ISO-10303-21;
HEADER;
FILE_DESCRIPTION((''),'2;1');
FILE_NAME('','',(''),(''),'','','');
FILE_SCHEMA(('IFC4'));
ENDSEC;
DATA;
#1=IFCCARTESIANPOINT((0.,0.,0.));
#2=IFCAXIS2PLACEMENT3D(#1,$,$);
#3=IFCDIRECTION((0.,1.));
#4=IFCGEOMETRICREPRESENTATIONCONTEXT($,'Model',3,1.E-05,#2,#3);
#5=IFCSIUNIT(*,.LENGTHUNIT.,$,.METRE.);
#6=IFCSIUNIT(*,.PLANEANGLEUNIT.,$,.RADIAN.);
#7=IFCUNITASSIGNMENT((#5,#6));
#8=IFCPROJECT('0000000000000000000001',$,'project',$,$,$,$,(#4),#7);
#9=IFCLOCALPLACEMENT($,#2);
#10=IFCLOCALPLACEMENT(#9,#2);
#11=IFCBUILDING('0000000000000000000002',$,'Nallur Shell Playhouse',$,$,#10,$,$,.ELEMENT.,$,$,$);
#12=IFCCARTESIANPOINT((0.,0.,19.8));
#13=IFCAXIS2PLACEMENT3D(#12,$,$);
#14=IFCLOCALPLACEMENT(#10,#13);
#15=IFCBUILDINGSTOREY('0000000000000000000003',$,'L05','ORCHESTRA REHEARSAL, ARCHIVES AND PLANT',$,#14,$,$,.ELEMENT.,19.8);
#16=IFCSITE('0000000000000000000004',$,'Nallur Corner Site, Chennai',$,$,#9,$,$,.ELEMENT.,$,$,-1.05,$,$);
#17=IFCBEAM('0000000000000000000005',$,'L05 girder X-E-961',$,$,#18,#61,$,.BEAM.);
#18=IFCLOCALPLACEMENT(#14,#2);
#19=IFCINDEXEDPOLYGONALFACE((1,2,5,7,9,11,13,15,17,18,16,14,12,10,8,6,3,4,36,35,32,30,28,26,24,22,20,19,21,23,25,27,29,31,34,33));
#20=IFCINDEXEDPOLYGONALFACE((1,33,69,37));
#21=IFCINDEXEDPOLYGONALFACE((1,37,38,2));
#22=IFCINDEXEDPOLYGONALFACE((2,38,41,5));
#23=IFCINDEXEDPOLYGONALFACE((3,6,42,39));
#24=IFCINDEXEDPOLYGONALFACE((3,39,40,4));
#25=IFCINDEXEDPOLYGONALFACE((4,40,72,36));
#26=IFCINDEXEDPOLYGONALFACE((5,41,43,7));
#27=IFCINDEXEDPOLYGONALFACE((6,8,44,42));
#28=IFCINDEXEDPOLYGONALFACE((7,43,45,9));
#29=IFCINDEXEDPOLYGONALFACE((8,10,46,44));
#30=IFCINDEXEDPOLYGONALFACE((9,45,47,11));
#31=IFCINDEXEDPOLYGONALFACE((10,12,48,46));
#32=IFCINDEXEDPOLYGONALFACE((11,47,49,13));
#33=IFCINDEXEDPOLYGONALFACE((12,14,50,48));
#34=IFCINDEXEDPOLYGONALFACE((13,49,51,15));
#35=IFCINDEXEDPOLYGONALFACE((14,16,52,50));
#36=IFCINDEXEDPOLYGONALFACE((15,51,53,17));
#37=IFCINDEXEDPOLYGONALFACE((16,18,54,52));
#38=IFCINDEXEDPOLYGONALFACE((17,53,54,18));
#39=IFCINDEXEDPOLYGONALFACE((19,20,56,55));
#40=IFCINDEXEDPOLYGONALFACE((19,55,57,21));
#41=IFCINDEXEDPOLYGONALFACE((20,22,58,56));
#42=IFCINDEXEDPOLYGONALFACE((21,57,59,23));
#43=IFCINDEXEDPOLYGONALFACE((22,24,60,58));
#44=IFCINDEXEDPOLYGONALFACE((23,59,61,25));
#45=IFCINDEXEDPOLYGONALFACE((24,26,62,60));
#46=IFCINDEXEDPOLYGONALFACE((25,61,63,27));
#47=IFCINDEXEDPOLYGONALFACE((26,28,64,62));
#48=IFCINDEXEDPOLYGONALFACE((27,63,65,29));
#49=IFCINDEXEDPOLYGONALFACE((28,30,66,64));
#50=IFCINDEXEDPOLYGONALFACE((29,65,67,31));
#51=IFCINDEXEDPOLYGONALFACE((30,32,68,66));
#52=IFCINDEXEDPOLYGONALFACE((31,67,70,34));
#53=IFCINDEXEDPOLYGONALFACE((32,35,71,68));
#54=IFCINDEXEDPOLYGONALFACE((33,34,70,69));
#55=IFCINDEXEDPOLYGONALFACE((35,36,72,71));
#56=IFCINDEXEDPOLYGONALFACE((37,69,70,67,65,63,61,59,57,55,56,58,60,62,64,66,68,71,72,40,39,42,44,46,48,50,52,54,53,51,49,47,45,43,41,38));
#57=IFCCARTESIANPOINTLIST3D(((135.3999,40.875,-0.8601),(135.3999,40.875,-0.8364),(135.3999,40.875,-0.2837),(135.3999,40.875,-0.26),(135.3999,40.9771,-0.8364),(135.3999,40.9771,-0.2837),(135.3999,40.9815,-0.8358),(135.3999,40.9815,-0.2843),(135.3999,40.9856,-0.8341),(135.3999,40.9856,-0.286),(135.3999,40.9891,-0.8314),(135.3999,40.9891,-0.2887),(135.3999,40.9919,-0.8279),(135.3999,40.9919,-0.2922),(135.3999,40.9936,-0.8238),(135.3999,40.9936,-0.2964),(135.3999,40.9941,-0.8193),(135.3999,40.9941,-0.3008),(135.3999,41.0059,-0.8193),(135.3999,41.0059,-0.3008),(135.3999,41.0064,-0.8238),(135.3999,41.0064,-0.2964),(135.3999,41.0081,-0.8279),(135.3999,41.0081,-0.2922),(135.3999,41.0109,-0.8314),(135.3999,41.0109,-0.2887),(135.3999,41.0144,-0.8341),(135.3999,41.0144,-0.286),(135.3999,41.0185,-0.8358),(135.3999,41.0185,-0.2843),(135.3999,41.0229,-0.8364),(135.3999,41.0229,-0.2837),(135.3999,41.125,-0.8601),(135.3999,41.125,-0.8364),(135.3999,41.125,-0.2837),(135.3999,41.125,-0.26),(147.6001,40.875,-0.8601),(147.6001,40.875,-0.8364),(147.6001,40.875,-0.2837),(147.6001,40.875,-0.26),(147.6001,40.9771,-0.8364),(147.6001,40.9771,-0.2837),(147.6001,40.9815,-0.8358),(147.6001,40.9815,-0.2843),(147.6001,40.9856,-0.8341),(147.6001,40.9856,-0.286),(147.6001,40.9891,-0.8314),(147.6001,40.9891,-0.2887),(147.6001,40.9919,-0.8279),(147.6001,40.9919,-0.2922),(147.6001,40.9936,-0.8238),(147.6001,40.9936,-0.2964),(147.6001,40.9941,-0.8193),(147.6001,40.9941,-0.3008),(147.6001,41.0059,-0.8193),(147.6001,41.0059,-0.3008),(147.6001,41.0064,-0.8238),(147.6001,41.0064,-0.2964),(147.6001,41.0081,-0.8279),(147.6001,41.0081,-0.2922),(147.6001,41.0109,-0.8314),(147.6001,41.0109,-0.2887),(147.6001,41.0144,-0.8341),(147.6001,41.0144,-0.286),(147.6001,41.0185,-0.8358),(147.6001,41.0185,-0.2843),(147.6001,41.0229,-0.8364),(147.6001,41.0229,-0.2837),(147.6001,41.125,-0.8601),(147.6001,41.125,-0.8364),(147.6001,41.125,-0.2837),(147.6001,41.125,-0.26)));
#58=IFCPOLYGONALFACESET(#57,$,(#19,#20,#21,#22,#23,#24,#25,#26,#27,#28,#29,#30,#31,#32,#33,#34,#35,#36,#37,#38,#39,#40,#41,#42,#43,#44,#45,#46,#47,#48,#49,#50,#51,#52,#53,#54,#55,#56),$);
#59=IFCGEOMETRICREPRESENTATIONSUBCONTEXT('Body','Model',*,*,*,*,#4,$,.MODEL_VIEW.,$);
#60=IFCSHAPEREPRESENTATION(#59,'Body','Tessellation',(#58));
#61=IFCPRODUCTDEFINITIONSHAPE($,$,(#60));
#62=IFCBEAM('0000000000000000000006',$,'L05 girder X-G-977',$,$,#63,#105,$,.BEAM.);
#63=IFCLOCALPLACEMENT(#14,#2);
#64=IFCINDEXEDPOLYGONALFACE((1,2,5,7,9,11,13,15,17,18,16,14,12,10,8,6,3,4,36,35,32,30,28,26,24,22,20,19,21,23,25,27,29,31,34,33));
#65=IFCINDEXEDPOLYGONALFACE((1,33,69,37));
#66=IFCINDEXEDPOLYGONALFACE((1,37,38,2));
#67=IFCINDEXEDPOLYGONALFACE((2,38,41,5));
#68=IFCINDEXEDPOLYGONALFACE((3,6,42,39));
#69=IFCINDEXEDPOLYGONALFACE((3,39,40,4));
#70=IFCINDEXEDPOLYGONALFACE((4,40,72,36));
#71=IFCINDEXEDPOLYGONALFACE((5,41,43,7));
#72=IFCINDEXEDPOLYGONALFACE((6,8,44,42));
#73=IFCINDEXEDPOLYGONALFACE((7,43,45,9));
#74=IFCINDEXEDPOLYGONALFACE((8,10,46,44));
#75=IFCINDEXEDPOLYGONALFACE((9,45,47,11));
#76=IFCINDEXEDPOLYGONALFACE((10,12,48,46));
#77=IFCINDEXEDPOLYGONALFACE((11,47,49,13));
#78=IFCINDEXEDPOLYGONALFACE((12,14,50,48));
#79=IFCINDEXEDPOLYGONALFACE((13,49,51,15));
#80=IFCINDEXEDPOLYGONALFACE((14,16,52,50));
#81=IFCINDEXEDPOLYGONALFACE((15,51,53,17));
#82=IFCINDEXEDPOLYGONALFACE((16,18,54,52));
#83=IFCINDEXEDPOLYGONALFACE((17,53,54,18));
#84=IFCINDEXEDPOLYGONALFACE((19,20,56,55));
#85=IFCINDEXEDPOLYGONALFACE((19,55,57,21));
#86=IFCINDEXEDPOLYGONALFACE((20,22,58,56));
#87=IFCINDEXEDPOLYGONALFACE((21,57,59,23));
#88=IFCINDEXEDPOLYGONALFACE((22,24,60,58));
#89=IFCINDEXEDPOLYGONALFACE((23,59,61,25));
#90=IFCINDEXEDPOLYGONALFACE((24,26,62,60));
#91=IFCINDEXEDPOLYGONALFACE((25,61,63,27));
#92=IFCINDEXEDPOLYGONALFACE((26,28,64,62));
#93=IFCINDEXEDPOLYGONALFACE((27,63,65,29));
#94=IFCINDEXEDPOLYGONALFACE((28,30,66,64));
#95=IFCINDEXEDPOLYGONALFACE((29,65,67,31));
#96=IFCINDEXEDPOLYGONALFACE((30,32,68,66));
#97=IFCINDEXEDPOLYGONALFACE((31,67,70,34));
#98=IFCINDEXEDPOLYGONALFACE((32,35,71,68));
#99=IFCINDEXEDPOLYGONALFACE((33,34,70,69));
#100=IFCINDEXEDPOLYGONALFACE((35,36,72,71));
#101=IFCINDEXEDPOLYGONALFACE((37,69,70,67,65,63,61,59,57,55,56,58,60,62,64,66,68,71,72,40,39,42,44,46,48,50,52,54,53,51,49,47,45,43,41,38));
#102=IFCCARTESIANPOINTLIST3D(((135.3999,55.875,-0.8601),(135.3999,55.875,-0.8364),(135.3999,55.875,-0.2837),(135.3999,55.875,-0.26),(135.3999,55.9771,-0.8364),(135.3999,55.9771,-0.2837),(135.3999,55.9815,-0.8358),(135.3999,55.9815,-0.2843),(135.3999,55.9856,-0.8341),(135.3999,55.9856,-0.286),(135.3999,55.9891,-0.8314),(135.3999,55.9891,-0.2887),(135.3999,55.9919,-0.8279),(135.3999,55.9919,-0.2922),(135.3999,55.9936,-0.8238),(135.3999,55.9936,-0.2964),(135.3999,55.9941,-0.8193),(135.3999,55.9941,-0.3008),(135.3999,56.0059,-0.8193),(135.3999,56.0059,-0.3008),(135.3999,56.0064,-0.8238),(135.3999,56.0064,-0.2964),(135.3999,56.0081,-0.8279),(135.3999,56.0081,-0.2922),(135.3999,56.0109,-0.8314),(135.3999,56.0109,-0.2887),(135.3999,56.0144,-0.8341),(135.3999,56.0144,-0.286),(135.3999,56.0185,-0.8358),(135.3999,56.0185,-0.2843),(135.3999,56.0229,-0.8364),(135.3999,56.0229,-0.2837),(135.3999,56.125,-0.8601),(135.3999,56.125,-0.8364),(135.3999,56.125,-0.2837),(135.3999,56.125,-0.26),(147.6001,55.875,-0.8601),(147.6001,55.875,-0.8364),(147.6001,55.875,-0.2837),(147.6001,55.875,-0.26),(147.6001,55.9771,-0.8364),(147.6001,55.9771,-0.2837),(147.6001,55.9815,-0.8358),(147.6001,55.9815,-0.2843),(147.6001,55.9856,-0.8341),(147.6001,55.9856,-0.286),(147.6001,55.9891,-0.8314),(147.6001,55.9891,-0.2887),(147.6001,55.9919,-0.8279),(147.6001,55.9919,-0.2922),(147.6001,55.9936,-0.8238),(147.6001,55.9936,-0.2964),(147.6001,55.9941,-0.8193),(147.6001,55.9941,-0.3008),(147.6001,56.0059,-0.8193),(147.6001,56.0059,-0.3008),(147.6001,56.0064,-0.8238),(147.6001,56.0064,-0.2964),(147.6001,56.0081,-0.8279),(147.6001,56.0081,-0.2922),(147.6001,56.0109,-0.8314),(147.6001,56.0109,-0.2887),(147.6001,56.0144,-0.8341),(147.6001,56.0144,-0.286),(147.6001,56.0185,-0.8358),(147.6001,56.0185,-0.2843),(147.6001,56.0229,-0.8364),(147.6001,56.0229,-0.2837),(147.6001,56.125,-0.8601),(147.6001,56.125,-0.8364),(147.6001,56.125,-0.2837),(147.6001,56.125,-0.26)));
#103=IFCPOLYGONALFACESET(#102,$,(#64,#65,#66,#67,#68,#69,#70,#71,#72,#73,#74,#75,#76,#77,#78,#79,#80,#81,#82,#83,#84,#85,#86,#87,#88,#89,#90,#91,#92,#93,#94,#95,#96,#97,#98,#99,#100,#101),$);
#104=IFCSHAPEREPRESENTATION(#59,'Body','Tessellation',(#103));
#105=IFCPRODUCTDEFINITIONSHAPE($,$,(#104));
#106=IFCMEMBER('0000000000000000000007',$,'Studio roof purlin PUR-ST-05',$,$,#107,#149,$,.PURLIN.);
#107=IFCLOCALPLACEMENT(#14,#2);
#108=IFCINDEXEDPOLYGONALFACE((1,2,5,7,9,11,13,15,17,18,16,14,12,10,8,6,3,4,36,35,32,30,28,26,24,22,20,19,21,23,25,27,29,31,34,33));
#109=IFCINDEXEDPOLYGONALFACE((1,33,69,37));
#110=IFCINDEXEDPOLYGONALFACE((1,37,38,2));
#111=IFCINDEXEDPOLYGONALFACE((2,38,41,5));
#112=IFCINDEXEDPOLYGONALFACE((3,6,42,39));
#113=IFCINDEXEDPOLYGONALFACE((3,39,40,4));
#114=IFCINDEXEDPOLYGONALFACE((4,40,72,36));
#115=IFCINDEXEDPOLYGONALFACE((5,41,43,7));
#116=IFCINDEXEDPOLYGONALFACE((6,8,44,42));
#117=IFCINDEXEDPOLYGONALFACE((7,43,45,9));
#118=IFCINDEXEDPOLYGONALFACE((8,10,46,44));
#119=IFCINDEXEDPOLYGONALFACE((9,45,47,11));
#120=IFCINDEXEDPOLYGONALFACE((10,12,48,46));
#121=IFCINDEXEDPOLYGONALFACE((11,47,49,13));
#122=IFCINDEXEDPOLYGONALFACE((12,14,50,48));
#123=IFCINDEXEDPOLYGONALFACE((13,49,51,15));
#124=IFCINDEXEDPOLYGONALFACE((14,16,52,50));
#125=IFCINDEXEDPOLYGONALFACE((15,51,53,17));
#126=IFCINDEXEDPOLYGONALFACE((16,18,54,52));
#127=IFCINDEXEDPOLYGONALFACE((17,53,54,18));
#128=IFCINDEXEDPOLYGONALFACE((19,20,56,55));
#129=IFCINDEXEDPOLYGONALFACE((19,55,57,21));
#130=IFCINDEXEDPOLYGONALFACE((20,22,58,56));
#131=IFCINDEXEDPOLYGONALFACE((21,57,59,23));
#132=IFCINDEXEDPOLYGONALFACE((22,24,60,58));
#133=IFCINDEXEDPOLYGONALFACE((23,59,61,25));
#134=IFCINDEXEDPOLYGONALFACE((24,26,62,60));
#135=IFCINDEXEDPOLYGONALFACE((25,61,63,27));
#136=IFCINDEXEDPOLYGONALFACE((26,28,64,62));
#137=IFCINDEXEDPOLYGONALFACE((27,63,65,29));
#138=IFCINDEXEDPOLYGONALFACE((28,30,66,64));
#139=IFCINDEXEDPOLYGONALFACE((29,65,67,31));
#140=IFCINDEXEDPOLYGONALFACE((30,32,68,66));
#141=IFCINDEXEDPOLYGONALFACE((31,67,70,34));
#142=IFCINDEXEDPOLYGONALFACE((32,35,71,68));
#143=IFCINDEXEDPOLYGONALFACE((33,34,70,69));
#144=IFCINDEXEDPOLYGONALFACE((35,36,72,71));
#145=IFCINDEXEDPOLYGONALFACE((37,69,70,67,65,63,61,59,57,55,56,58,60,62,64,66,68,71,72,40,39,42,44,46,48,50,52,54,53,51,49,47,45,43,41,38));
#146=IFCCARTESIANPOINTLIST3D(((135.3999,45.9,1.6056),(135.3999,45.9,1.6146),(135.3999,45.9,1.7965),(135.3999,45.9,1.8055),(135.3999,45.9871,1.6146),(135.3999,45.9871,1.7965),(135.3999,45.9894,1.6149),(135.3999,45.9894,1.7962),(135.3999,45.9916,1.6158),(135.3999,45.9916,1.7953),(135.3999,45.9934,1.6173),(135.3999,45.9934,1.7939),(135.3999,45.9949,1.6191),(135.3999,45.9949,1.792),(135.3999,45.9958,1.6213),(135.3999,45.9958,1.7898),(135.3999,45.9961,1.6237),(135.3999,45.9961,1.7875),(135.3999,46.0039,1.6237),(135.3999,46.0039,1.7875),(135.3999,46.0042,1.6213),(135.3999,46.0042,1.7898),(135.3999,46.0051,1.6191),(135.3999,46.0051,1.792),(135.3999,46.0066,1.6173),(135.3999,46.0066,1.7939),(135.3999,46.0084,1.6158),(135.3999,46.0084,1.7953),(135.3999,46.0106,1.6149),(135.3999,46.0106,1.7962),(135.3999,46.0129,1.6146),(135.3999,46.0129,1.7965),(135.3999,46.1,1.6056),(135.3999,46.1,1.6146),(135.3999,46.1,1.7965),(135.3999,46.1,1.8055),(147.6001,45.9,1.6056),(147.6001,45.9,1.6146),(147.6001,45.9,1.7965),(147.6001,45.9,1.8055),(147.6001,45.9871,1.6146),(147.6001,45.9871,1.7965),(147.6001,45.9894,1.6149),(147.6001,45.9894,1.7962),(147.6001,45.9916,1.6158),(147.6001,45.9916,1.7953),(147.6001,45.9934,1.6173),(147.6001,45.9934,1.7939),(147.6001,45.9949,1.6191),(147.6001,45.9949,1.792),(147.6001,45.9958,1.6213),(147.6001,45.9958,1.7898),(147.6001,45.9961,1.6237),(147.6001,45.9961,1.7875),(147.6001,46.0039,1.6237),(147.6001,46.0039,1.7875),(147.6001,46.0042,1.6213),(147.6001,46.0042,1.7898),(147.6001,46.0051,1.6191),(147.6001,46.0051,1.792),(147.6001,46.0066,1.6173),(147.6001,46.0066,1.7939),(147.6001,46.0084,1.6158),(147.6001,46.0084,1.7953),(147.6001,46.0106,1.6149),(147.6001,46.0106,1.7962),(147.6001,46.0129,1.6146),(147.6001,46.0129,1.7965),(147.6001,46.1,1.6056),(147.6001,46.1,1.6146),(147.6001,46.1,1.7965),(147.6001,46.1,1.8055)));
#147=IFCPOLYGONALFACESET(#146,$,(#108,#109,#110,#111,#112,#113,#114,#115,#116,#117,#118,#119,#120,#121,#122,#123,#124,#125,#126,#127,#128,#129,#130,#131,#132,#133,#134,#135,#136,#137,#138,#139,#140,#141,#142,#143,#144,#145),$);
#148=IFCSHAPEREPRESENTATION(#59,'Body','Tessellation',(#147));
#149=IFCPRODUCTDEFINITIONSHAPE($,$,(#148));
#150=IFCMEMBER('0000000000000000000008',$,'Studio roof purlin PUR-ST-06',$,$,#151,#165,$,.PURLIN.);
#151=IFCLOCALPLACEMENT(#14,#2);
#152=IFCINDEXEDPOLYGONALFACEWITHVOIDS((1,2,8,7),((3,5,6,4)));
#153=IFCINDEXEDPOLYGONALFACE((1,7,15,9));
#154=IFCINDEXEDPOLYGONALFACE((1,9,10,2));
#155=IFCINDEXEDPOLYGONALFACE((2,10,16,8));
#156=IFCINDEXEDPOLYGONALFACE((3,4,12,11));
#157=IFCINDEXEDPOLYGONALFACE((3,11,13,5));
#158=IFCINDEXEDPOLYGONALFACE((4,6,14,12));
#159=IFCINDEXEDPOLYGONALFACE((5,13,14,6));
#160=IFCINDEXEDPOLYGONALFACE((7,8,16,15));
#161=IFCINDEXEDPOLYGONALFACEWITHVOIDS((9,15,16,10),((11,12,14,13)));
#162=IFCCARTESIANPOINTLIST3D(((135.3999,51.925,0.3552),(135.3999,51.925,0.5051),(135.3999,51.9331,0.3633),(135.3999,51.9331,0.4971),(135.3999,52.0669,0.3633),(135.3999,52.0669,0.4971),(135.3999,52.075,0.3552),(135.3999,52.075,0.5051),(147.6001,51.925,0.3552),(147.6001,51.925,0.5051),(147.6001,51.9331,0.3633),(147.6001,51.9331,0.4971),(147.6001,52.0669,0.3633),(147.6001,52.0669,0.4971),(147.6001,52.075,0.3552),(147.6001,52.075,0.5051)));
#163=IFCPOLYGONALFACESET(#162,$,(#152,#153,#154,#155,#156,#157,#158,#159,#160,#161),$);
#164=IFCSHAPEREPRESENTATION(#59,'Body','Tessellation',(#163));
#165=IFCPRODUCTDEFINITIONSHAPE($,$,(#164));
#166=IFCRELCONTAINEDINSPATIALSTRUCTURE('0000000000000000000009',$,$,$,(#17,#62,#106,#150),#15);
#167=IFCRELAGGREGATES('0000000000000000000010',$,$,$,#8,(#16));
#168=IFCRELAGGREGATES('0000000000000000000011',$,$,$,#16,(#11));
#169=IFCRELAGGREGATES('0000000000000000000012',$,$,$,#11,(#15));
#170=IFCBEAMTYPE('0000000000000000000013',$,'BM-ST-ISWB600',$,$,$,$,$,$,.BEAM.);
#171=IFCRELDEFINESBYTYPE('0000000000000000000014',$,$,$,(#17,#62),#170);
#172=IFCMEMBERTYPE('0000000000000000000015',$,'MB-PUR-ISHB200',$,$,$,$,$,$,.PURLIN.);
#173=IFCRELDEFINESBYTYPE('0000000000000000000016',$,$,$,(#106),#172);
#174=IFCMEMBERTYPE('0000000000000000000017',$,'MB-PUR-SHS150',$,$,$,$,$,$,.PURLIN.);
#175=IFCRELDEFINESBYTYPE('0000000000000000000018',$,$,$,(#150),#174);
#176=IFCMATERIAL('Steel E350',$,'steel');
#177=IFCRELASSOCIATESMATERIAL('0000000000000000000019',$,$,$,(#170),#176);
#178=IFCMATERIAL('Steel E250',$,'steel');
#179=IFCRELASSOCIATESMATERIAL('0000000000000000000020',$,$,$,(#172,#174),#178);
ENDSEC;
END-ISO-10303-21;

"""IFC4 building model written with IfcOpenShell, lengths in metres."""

from ifc_helpers import new_model, si_unit, direction, frame, origin, origin_2d, place, context, subcontext, project, spatial, hollow_rectangle, i_section, extrude, material, material_profile, profile_set, type_object, element, save


model = new_model("IFC4")

# Units and contexts
model_context = context("Model", 3, precision=1e-05, world=origin(), true_north=direction((0.0, 1.0)))
body_context = subcontext(model_context, "Body", "Model", "MODEL_VIEW")
ifc_project = project(units=[si_unit("LENGTHUNIT", "METRE"), si_unit("PLANEANGLEUNIT", "RADIAN")], contexts=[model_context])

# Site, building, storey
site_placement = place(None, origin())
site = spatial("IfcSite", under=ifc_project, at=site_placement, Name="Nallur Corner Site, Chennai", CompositionType="ELEMENT", RefElevation=-1.05)
building_placement = place(site_placement, origin())
building = spatial("IfcBuilding", under=site, at=building_placement, Name="Nallur Shell Playhouse", CompositionType="ELEMENT")
storey_placement = place(building_placement, frame((0.0, 0.0, 19.8)))
storey = spatial("IfcBuildingStorey", under=building, at=storey_placement, Name="L05", Description="ORCHESTRA REHEARSAL, ARCHIVES AND PLANT", CompositionType="ELEMENT", Elevation=19.8)

# Beams
ifc_material_1 = material(Name="Steel E350", Category="steel")
ifc_material_profile_1 = material_profile(ifc_material_1, i_section(OverallWidth=0.25, OverallDepth=0.6001, WebThickness=0.0117, FlangeThickness=0.0237, FilletRadius=0.0171, at=origin_2d()), Name="ISWB 600")
ifc_profile_set_1 = profile_set([ifc_material_profile_1], Name="Steel E350")
beam_type_1 = type_object("IfcBeamType", Name="BM-ST-ISWB600", PredefinedType="BEAM", material=ifc_profile_set_1)
for number, where, z_axis, x_axis, name in (
    (1, (135.3999, 41.0, -0.5601), (1.0, 0.0, 0.0), (0.0, 1.0, 0.0), "L05 girder X-E-961"),
    (2, (135.3999, 56.0, -0.5601), (1.0, 0.0, 0.0), (0.0, 1.0, 0.0), "L05 girder X-G-977"),
):
    element("IfcBeam", number, at=place(storey_placement, frame(where, z_axis=z_axis, x_axis=x_axis)), inside=storey, type_object=beam_type_1, Name=name, PredefinedType="BEAM", context=body_context, shape_type="SweptSolid", body=[
        extrude(i_section(OverallWidth=0.25, OverallDepth=0.6001, WebThickness=0.0117, FlangeThickness=0.0237, FilletRadius=0.0171, at=origin_2d()), origin(), (0.0, 0.0, 1.0), 12.2002),
    ])

# Members
ifc_material_2 = material(Name="Steel E250", Category="steel")
ifc_material_profile_2 = material_profile(ifc_material_2, i_section(OverallWidth=0.2, OverallDepth=0.2, WebThickness=0.0078, FlangeThickness=0.009, FilletRadius=0.009, at=origin_2d()), Name="ISHB 200")
ifc_profile_set_2 = profile_set([ifc_material_profile_2], Name="Steel E250")
member_type_1 = type_object("IfcMemberType", Name="MB-PUR-ISHB200", PredefinedType="PURLIN", material=ifc_profile_set_2)
member_1_placement = place(storey_placement, frame((135.3999, 46.0, 1.7056), z_axis=(1.0, 0.0, 0.0), x_axis=(0.0, 1.0, 0.0)))
element("IfcMember", 3, at=member_1_placement, inside=storey, type_object=member_type_1, Name="Studio roof purlin PUR-ST-05", PredefinedType="PURLIN", context=body_context, shape_type="SweptSolid", body=[
    extrude(i_section(OverallWidth=0.2, OverallDepth=0.2, WebThickness=0.0078, FlangeThickness=0.009, FilletRadius=0.009, at=origin_2d()), origin(), (0.0, 0.0, 1.0), 12.2002),
])
ifc_material_profile_3 = material_profile(ifc_material_2, hollow_rectangle(XDim=0.1499, YDim=0.1499, WallThickness=0.0081, at=origin_2d()), Name="SHS 150x150x8")
ifc_profile_set_3 = profile_set([ifc_material_profile_3], Name="Steel E250")
member_type_2 = type_object("IfcMemberType", Name="MB-PUR-SHS150", PredefinedType="PURLIN", material=ifc_profile_set_3)
member_2_placement = place(storey_placement, frame((135.3999, 52.0, 0.4302), z_axis=(1.0, 0.0, 0.0), x_axis=(0.0, 1.0, 0.0)))
element("IfcMember", 4, at=member_2_placement, inside=storey, type_object=member_type_2, Name="Studio roof purlin PUR-ST-06", PredefinedType="PURLIN", context=body_context, shape_type="SweptSolid", body=[
    extrude(hollow_rectangle(XDim=0.1499, YDim=0.1499, WallThickness=0.0081, at=origin_2d()), origin(), (0.0, 0.0, 1.0), 12.2002),
])

save(model, "model.ifc")
